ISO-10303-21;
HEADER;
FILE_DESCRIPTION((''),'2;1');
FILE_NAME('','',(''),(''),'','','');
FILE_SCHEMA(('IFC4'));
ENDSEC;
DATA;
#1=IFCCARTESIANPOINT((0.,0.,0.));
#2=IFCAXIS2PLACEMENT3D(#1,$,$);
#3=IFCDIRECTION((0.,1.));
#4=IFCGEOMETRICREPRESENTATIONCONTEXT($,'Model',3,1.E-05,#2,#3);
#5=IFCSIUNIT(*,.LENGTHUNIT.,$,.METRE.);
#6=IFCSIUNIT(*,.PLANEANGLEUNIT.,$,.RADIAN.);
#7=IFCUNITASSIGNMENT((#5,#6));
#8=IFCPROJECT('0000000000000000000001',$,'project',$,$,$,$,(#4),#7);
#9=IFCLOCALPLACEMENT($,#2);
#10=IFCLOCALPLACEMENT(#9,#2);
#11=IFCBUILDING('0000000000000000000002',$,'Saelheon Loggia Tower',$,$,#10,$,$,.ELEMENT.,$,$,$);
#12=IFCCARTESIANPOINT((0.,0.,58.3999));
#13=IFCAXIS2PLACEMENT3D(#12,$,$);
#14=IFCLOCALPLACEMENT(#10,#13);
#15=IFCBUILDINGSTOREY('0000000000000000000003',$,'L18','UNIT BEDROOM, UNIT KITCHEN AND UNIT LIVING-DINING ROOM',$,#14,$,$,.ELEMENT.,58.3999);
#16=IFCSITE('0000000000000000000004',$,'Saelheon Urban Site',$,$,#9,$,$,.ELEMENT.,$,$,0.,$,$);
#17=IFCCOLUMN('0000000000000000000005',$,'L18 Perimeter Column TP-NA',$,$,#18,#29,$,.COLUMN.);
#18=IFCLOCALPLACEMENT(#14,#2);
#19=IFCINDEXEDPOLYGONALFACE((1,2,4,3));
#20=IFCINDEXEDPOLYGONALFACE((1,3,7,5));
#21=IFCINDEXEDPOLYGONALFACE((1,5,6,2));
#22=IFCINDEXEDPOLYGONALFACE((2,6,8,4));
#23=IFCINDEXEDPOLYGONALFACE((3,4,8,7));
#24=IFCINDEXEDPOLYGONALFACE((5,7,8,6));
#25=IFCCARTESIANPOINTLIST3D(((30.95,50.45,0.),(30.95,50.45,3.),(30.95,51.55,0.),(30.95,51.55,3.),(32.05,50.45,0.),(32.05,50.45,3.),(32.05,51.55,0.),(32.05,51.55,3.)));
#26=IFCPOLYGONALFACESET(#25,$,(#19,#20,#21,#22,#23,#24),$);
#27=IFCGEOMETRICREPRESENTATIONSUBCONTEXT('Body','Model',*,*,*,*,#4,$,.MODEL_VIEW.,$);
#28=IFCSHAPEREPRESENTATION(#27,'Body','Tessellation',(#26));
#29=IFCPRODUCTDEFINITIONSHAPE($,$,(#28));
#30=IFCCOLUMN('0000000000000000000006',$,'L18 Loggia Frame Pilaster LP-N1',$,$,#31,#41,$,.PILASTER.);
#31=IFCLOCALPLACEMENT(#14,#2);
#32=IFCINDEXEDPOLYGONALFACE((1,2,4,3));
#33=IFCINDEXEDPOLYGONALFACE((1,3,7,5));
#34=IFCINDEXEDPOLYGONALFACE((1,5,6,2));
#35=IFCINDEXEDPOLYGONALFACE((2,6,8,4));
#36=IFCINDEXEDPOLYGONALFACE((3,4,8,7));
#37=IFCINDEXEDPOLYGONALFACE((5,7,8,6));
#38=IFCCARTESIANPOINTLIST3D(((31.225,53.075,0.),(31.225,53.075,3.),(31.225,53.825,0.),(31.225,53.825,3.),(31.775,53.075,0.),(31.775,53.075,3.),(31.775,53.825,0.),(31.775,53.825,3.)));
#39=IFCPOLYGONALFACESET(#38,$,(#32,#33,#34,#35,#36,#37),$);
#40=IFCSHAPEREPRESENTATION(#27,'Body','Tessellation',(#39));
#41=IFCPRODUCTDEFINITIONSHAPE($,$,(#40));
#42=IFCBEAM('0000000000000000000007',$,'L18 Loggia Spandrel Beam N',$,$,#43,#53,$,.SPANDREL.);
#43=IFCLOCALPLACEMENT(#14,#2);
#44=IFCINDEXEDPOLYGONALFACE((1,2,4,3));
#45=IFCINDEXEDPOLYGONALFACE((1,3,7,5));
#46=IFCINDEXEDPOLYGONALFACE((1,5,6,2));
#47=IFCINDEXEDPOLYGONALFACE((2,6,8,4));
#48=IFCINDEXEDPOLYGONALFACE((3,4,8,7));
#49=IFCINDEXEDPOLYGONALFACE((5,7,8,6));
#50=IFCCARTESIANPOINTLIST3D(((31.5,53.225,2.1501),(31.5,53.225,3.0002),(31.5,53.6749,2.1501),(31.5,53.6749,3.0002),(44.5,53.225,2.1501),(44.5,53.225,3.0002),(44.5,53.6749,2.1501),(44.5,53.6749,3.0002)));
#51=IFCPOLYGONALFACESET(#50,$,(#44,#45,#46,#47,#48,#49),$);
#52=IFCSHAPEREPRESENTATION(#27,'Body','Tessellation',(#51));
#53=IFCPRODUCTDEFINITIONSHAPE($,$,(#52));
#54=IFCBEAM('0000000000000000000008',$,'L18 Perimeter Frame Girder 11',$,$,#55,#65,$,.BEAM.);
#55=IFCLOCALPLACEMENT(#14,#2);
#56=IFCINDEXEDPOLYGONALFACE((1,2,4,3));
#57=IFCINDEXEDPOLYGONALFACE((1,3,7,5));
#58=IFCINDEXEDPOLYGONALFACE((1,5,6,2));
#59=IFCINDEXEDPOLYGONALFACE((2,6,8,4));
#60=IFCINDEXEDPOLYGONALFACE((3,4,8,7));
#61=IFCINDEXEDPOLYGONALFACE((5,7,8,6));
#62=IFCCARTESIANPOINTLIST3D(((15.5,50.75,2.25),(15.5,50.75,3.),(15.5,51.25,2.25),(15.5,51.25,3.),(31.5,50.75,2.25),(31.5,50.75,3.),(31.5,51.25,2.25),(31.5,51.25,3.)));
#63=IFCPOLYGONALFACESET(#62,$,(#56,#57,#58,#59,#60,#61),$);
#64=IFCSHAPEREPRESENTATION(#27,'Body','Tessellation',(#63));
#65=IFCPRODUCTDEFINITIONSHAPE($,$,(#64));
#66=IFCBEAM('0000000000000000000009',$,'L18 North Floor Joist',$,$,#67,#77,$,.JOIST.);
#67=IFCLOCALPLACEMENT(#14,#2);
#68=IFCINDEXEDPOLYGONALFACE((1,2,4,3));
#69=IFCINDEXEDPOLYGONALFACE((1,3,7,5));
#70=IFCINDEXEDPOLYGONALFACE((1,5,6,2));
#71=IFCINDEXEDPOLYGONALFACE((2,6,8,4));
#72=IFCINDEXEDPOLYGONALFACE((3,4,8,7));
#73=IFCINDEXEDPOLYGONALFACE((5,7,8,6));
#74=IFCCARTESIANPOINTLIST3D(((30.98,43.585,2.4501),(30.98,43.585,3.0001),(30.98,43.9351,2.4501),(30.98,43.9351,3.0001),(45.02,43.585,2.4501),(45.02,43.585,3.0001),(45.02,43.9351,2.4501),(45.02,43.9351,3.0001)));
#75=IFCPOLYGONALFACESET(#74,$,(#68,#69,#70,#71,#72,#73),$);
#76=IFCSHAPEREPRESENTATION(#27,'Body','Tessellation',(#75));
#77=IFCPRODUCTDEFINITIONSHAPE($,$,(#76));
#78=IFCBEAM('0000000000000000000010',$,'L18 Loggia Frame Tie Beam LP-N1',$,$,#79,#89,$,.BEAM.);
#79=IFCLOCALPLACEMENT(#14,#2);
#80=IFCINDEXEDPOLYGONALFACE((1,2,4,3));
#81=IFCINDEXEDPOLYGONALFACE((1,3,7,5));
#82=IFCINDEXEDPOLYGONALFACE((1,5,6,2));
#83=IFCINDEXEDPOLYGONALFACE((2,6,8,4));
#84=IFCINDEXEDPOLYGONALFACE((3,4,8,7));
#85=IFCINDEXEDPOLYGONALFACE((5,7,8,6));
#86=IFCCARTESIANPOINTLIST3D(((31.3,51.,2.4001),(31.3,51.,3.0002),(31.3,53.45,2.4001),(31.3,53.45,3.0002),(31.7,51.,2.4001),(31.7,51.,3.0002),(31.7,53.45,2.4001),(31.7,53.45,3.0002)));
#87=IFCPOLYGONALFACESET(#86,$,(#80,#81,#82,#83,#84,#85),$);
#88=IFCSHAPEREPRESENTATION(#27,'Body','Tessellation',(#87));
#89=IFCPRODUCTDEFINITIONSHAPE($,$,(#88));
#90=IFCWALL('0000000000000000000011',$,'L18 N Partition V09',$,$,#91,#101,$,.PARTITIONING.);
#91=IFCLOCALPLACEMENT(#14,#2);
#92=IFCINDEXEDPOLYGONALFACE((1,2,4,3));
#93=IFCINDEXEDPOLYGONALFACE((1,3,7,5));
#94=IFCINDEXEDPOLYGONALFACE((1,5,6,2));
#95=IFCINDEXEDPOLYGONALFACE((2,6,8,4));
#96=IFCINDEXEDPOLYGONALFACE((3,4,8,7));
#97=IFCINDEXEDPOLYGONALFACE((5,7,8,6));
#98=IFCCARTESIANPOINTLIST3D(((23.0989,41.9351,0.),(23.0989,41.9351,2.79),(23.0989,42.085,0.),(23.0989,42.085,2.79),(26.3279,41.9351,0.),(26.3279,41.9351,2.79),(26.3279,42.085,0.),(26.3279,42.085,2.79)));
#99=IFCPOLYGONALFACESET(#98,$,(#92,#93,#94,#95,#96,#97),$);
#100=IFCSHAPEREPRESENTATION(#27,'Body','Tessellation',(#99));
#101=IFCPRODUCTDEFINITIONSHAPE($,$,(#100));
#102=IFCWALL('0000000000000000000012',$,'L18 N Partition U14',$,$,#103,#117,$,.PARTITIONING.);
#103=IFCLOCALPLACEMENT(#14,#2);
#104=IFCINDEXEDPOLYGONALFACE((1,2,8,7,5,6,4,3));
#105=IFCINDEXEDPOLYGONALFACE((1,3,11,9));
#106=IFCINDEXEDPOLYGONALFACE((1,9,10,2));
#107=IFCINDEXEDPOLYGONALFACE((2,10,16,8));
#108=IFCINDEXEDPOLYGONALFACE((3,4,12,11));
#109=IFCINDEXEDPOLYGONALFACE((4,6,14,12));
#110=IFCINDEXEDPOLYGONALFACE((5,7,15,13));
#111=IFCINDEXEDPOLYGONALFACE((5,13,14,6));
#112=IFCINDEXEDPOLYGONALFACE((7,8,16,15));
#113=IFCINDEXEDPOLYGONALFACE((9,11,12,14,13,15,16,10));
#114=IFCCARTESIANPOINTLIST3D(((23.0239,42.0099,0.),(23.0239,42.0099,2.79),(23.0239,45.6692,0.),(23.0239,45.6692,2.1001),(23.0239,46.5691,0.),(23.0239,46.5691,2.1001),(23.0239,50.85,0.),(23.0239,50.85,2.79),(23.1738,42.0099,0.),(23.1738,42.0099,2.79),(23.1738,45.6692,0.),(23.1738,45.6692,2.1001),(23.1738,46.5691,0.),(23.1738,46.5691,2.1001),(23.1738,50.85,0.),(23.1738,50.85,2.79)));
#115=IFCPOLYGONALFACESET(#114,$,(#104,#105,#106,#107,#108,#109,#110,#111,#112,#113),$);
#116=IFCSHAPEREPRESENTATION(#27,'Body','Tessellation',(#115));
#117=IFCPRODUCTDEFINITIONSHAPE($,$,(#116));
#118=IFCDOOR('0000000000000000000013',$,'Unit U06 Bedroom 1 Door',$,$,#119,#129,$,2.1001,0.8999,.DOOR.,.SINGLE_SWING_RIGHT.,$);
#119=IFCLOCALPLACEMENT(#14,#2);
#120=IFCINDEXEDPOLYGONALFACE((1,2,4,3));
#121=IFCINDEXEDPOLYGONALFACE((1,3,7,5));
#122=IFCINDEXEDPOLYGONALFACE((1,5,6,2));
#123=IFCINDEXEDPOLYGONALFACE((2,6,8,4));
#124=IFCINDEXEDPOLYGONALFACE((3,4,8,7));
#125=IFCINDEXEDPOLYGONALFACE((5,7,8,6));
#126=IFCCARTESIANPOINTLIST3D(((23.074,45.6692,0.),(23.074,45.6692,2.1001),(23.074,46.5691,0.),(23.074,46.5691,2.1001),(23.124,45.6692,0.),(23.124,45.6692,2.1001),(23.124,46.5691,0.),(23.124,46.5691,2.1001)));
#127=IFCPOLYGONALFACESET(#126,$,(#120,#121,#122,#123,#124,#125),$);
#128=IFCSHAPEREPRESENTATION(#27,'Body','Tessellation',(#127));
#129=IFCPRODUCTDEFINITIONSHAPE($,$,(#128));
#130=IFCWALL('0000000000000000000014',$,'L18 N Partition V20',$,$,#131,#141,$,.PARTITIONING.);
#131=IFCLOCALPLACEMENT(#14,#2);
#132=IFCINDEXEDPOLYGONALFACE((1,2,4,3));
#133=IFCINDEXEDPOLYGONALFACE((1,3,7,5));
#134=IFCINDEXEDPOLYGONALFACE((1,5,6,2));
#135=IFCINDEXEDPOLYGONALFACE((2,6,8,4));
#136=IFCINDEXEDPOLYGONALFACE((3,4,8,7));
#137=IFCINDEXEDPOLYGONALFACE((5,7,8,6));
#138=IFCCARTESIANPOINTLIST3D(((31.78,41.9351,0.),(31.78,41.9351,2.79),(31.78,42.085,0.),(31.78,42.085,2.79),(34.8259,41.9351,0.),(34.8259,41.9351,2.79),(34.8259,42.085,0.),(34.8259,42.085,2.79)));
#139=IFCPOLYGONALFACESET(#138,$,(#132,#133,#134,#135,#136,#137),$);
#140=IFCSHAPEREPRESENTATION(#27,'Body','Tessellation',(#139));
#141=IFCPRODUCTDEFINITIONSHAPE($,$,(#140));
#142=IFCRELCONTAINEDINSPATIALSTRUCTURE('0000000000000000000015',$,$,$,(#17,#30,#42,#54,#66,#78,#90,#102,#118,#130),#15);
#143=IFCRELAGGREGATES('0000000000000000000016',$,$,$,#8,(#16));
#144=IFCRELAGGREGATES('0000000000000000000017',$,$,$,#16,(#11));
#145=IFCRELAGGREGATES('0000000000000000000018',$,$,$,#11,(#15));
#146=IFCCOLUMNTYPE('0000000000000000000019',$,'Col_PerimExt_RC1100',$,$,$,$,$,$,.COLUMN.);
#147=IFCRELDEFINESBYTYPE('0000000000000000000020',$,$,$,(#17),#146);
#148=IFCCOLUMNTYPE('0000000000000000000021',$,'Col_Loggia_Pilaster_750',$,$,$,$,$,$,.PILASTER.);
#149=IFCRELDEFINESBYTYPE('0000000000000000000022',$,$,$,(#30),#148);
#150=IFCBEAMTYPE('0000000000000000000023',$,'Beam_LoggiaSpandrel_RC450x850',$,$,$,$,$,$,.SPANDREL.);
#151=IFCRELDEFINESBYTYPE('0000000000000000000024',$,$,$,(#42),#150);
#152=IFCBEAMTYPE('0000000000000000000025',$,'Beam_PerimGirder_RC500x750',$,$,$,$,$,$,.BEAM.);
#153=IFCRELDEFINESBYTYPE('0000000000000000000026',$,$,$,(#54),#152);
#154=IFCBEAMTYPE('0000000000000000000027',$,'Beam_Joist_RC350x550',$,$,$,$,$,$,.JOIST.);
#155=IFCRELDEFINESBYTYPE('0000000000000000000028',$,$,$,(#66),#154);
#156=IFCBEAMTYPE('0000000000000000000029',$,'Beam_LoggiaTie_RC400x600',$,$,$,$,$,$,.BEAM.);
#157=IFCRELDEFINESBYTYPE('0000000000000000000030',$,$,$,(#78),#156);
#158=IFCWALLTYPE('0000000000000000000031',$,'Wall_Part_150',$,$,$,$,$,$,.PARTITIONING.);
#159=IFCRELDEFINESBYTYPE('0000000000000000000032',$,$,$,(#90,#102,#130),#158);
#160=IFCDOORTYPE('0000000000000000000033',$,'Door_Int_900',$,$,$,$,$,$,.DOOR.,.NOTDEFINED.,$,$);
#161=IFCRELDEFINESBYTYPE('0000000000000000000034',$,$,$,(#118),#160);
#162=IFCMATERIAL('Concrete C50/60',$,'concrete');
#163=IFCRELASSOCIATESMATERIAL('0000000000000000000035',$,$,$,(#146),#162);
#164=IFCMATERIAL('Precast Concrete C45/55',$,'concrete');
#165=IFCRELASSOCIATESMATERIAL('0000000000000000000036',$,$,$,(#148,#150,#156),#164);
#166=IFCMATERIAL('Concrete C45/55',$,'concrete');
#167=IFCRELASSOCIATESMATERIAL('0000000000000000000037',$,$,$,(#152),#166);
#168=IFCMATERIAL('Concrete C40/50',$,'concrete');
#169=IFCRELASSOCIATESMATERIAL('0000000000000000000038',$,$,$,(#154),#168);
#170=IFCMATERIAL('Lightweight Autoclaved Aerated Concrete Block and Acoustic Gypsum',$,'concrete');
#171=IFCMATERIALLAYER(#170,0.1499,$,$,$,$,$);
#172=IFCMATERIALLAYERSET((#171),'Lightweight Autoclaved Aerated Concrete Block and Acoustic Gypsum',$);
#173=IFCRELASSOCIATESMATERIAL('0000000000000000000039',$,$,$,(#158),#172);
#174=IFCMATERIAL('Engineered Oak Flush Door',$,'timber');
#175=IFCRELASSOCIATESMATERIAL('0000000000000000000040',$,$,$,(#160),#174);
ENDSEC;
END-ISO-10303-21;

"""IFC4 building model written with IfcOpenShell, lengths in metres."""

from ifc_helpers import new_model, si_unit, direction, frame, frame_2d, origin, origin_2d, place, context, subcontext, project, spatial, rectangle, extrude, source, transform, mapped, material, layer, layer_set, material_profile, profile_set, type_object, element, fill, save


model = new_model("IFC4")

# Units and contexts
model_context = context("Model", 3, precision=1e-05, world=origin(), true_north=direction((0.0, 1.0)))
body_context = subcontext(model_context, "Body", "Model", "MODEL_VIEW")
ifc_project = project(units=[si_unit("LENGTHUNIT", "METRE"), si_unit("PLANEANGLEUNIT", "RADIAN")], contexts=[model_context])

# Site, building, storey
site_placement = place(None, origin())
site = spatial("IfcSite", under=ifc_project, at=site_placement, Name="Saelheon Urban Site", CompositionType="ELEMENT", RefElevation=0.0)
building_placement = place(site_placement, origin())
building = spatial("IfcBuilding", under=site, at=building_placement, Name="Saelheon Loggia Tower", CompositionType="ELEMENT")
storey_placement = place(building_placement, frame((0.0, 0.0, 58.3999)))
storey = spatial("IfcBuildingStorey", under=building, at=storey_placement, Name="L18", Description="UNIT BEDROOM, UNIT KITCHEN AND UNIT LIVING-DINING ROOM", CompositionType="ELEMENT", Elevation=58.3999)

# Columns
ifc_material_1 = material(Name="Concrete C50/60", Category="concrete")
ifc_material_profile_1 = material_profile(ifc_material_1, rectangle(XDim=1.1001, YDim=1.1001, at=origin_2d()), Name="RC-1100x1100")
ifc_profile_set_1 = profile_set([ifc_material_profile_1], Name="Concrete C50/60")
column_type_1 = type_object("IfcColumnType", Name="Col_PerimExt_RC1100", PredefinedType="COLUMN", material=ifc_profile_set_1)
shared_shape_1 = source(origin(), body_context, "Body", "SweptSolid", [
    extrude(rectangle(XDim=1.1001, YDim=1.1001, at=origin_2d()), origin(), (0.0, 0.0, 1.0), 3.0),
])
column_1_placement = place(storey_placement, frame((31.5, 51.0, 0.0), z_axis=(0.0, 0.0, 1.0), x_axis=(1.0, 0.0, 0.0)))
element("IfcColumn", 1, at=column_1_placement, inside=storey, type_object=column_type_1, Name="L18 Perimeter Column TP-NA", PredefinedType="COLUMN", context=body_context, shape_type="MappedRepresentation", body=[
    mapped(shared_shape_1, transform((0.0, 0.0, 0.0), scale=1.0)),
])
ifc_material_2 = material(Name="Precast Concrete C45/55", Category="concrete")
ifc_material_profile_2 = material_profile(ifc_material_2, rectangle(XDim=0.55, YDim=0.75, at=origin_2d()), Name="RC-550x750")
ifc_profile_set_2 = profile_set([ifc_material_profile_2], Name="Precast Concrete C45/55")
column_type_2 = type_object("IfcColumnType", Name="Col_Loggia_Pilaster_750", PredefinedType="PILASTER", material=ifc_profile_set_2)
shared_shape_2 = source(origin(), body_context, "Body", "SweptSolid", [
    extrude(rectangle(XDim=0.55, YDim=0.75, at=origin_2d()), origin(), (0.0, 0.0, 1.0), 3.0),
])
column_2_placement = place(storey_placement, frame((31.5, 53.45, 0.0), z_axis=(0.0, 0.0, 1.0), x_axis=(1.0, 0.0, 0.0)))
element("IfcColumn", 2, at=column_2_placement, inside=storey, type_object=column_type_2, Name="L18 Loggia Frame Pilaster LP-N1", PredefinedType="PILASTER", context=body_context, shape_type="MappedRepresentation", body=[
    mapped(shared_shape_2, transform((0.0, 0.0, 0.0), scale=1.0)),
])

# Beams
ifc_material_profile_3 = material_profile(ifc_material_2, rectangle(XDim=0.45, YDim=0.8501, at=origin_2d()), Name="RC-450x850")
ifc_profile_set_3 = profile_set([ifc_material_profile_3], Name="Precast Concrete C45/55")
beam_type_1 = type_object("IfcBeamType", Name="Beam_LoggiaSpandrel_RC450x850", PredefinedType="SPANDREL", material=ifc_profile_set_3)
shared_shape_3 = source(origin(), body_context, "Body", "SweptSolid", [
    extrude(rectangle(XDim=0.45, YDim=0.8501, at=origin_2d()), origin(), (0.0, 0.0, 1.0), 13.0),
])
beam_1_placement = place(storey_placement, frame((31.5, 53.45, 2.5752), z_axis=(1.0, 0.0, 0.0), x_axis=(0.0, 1.0, 0.0)))
element("IfcBeam", 3, at=beam_1_placement, inside=storey, type_object=beam_type_1, Name="L18 Loggia Spandrel Beam N", PredefinedType="SPANDREL", context=body_context, shape_type="MappedRepresentation", body=[
    mapped(shared_shape_3, transform((0.0, 0.0, 0.0), scale=1.0)),
])
ifc_material_3 = material(Name="Concrete C45/55", Category="concrete")
ifc_material_profile_4 = material_profile(ifc_material_3, rectangle(XDim=0.5, YDim=0.75, at=origin_2d()), Name="RC-500x750")
ifc_profile_set_4 = profile_set([ifc_material_profile_4], Name="Concrete C45/55")
beam_type_2 = type_object("IfcBeamType", Name="Beam_PerimGirder_RC500x750", PredefinedType="BEAM", material=ifc_profile_set_4)
shared_shape_4 = source(origin(), body_context, "Body", "SweptSolid", [
    extrude(rectangle(XDim=0.5, YDim=0.75, at=origin_2d()), origin(), (0.0, 0.0, 1.0), 16.0),
])
beam_2_placement = place(storey_placement, frame((31.5, 51.0, 2.625), z_axis=(-1.0, 0.0, 0.0), x_axis=(0.0, -1.0, 0.0)))
element("IfcBeam", 4, at=beam_2_placement, inside=storey, type_object=beam_type_2, Name="L18 Perimeter Frame Girder 11", PredefinedType="BEAM", context=body_context, shape_type="MappedRepresentation", body=[
    mapped(shared_shape_4, transform((0.0, 0.0, 0.0), scale=1.0)),
])
ifc_material_4 = material(Name="Concrete C40/50", Category="concrete")
ifc_material_profile_5 = material_profile(ifc_material_4, rectangle(XDim=0.3501, YDim=0.55, at=origin_2d()), Name="RC-350x550")
ifc_profile_set_5 = profile_set([ifc_material_profile_5], Name="Concrete C40/50")
beam_type_3 = type_object("IfcBeamType", Name="Beam_Joist_RC350x550", PredefinedType="JOIST", material=ifc_profile_set_5)
shared_shape_5 = source(origin(), body_context, "Body", "SweptSolid", [
    extrude(rectangle(XDim=0.3501, YDim=0.55, at=origin_2d()), origin(), (0.0, 0.0, 1.0), 14.04),
])
beam_3_placement = place(storey_placement, frame((30.98, 43.76, 2.7251), z_axis=(1.0, 0.0, 0.0), x_axis=(0.0, 1.0, 0.0)))
element("IfcBeam", 5, at=beam_3_placement, inside=storey, type_object=beam_type_3, Name="L18 North Floor Joist", PredefinedType="JOIST", context=body_context, shape_type="MappedRepresentation", body=[
    mapped(shared_shape_5, transform((0.0, 0.0, 0.0), scale=1.0)),
])
ifc_material_profile_6 = material_profile(ifc_material_2, rectangle(XDim=0.3999, YDim=0.6001, at=origin_2d()), Name="RC-400x600")
ifc_profile_set_6 = profile_set([ifc_material_profile_6], Name="Precast Concrete C45/55")
beam_type_4 = type_object("IfcBeamType", Name="Beam_LoggiaTie_RC400x600", PredefinedType="BEAM", material=ifc_profile_set_6)
shared_shape_6 = source(origin(), body_context, "Body", "SweptSolid", [
    extrude(rectangle(XDim=0.3999, YDim=0.6001, at=origin_2d()), origin(), (0.0, 0.0, 1.0), 2.45),
])
beam_4_placement = place(storey_placement, frame((31.5, 51.0, 2.7002), z_axis=(0.0, 1.0, 0.0), x_axis=(-1.0, 0.0, 0.0)))
element("IfcBeam", 6, at=beam_4_placement, inside=storey, type_object=beam_type_4, Name="L18 Loggia Frame Tie Beam LP-N1", PredefinedType="BEAM", context=body_context, shape_type="MappedRepresentation", body=[
    mapped(shared_shape_6, transform((0.0, 0.0, 0.0), scale=1.0)),
])

# Wall
ifc_material_5 = material(Name="Lightweight Autoclaved Aerated Concrete Block and Acoustic Gypsum", Category="concrete")
ifc_layer_1 = layer(ifc_material_5, 0.1499)
ifc_layer_set_1 = layer_set([ifc_layer_1], Name="Lightweight Autoclaved Aerated Concrete Block and Acoustic Gypsum")
wall_type_1 = type_object("IfcWallType", Name="Wall_Part_150", PredefinedType="PARTITIONING", material=ifc_layer_set_1)
wall_1_placement = place(storey_placement, frame((23.0989, 42.01, 0.0), z_axis=(0.0, 0.0, 1.0), x_axis=(1.0, 0.0, 0.0)))
element("IfcWall", 7, at=wall_1_placement, inside=storey, type_object=wall_type_1, Name="L18 N Partition V09", PredefinedType="PARTITIONING", context=body_context, shape_type="SweptSolid", body=[
    extrude(rectangle(XDim=3.229, YDim=0.1499, at=frame_2d((1.6145, 0.0))), origin(), (0.0, 0.0, 1.0), 2.79),
])

# Wall, opening, door
wall_2_placement = place(storey_placement, frame((23.0989, 42.01, 0.0), z_axis=(0.0, 0.0, 1.0), x_axis=(0.0, 1.0, 0.0)))
wall_2 = element("IfcWall", 8, at=wall_2_placement, inside=storey, type_object=wall_type_1, Name="L18 N Partition U14", PredefinedType="PARTITIONING", context=body_context, shape_type="SweptSolid", body=[
    extrude(rectangle(XDim=8.8401, YDim=0.1499, at=frame_2d((4.4199, 0.0))), origin(), (0.0, 0.0, 1.0), 2.79),
])
opening_1_placement = place(wall_2_placement, frame((3.6592, 0.0, 0.0)))
opening_1 = element("IfcOpeningElement", 9, at=opening_1_placement, cuts=wall_2, PredefinedType="OPENING", context=body_context, shape_type="SweptSolid", body=[
    extrude(rectangle(XDim=0.8999, YDim=2.1001, at=frame_2d((0.45, 1.05))), frame((0.0, 0.0869, 0.0), z_axis=(0.0, -1.0, 0.0), x_axis=(1.0, 0.0, 0.0)), (0.0, 0.0, 1.0), 0.1738),
])
ifc_material_6 = material(Name="Engineered Oak Flush Door", Category="timber")
door_type_1 = type_object("IfcDoorType", Name="Door_Int_900", OperationType="NOTDEFINED", PredefinedType="DOOR", material=ifc_material_6)
shared_shape_7 = source(origin(), body_context, "Body", "SweptSolid", [
    extrude(rectangle(XDim=0.8999, YDim=2.1001, at=frame_2d((0.45, 1.05))), frame((0.0, 0.0249, 0.0), z_axis=(0.0, -1.0, 0.0), x_axis=(1.0, 0.0, 0.0)), (0.0, 0.0, 1.0), 0.05),
])
door_1_placement = place(opening_1_placement, origin())
door_1 = element("IfcDoor", 10, at=door_1_placement, inside=storey, type_object=door_type_1, Name="Unit U06 Bedroom 1 Door", OperationType="SINGLE_SWING_RIGHT", OverallHeight=2.1001, OverallWidth=0.8999, PredefinedType="DOOR", context=body_context, shape_type="MappedRepresentation", body=[
    mapped(shared_shape_7, transform((0.0, 0.0, 0.0), scale=1.0)),
])
fill(opening_1, door_1)

# Wall
wall_3_placement = place(storey_placement, frame((31.78, 42.01, 0.0), z_axis=(0.0, 0.0, 1.0), x_axis=(1.0, 0.0, 0.0)))
element("IfcWall", 11, at=wall_3_placement, inside=storey, type_object=wall_type_1, Name="L18 N Partition V20", PredefinedType="PARTITIONING", context=body_context, shape_type="SweptSolid", body=[
    extrude(rectangle(XDim=3.0459, YDim=0.1499, at=frame_2d((1.5229, 0.0))), origin(), (0.0, 0.0, 1.0), 2.79),
])

save(model, "model.ifc")
